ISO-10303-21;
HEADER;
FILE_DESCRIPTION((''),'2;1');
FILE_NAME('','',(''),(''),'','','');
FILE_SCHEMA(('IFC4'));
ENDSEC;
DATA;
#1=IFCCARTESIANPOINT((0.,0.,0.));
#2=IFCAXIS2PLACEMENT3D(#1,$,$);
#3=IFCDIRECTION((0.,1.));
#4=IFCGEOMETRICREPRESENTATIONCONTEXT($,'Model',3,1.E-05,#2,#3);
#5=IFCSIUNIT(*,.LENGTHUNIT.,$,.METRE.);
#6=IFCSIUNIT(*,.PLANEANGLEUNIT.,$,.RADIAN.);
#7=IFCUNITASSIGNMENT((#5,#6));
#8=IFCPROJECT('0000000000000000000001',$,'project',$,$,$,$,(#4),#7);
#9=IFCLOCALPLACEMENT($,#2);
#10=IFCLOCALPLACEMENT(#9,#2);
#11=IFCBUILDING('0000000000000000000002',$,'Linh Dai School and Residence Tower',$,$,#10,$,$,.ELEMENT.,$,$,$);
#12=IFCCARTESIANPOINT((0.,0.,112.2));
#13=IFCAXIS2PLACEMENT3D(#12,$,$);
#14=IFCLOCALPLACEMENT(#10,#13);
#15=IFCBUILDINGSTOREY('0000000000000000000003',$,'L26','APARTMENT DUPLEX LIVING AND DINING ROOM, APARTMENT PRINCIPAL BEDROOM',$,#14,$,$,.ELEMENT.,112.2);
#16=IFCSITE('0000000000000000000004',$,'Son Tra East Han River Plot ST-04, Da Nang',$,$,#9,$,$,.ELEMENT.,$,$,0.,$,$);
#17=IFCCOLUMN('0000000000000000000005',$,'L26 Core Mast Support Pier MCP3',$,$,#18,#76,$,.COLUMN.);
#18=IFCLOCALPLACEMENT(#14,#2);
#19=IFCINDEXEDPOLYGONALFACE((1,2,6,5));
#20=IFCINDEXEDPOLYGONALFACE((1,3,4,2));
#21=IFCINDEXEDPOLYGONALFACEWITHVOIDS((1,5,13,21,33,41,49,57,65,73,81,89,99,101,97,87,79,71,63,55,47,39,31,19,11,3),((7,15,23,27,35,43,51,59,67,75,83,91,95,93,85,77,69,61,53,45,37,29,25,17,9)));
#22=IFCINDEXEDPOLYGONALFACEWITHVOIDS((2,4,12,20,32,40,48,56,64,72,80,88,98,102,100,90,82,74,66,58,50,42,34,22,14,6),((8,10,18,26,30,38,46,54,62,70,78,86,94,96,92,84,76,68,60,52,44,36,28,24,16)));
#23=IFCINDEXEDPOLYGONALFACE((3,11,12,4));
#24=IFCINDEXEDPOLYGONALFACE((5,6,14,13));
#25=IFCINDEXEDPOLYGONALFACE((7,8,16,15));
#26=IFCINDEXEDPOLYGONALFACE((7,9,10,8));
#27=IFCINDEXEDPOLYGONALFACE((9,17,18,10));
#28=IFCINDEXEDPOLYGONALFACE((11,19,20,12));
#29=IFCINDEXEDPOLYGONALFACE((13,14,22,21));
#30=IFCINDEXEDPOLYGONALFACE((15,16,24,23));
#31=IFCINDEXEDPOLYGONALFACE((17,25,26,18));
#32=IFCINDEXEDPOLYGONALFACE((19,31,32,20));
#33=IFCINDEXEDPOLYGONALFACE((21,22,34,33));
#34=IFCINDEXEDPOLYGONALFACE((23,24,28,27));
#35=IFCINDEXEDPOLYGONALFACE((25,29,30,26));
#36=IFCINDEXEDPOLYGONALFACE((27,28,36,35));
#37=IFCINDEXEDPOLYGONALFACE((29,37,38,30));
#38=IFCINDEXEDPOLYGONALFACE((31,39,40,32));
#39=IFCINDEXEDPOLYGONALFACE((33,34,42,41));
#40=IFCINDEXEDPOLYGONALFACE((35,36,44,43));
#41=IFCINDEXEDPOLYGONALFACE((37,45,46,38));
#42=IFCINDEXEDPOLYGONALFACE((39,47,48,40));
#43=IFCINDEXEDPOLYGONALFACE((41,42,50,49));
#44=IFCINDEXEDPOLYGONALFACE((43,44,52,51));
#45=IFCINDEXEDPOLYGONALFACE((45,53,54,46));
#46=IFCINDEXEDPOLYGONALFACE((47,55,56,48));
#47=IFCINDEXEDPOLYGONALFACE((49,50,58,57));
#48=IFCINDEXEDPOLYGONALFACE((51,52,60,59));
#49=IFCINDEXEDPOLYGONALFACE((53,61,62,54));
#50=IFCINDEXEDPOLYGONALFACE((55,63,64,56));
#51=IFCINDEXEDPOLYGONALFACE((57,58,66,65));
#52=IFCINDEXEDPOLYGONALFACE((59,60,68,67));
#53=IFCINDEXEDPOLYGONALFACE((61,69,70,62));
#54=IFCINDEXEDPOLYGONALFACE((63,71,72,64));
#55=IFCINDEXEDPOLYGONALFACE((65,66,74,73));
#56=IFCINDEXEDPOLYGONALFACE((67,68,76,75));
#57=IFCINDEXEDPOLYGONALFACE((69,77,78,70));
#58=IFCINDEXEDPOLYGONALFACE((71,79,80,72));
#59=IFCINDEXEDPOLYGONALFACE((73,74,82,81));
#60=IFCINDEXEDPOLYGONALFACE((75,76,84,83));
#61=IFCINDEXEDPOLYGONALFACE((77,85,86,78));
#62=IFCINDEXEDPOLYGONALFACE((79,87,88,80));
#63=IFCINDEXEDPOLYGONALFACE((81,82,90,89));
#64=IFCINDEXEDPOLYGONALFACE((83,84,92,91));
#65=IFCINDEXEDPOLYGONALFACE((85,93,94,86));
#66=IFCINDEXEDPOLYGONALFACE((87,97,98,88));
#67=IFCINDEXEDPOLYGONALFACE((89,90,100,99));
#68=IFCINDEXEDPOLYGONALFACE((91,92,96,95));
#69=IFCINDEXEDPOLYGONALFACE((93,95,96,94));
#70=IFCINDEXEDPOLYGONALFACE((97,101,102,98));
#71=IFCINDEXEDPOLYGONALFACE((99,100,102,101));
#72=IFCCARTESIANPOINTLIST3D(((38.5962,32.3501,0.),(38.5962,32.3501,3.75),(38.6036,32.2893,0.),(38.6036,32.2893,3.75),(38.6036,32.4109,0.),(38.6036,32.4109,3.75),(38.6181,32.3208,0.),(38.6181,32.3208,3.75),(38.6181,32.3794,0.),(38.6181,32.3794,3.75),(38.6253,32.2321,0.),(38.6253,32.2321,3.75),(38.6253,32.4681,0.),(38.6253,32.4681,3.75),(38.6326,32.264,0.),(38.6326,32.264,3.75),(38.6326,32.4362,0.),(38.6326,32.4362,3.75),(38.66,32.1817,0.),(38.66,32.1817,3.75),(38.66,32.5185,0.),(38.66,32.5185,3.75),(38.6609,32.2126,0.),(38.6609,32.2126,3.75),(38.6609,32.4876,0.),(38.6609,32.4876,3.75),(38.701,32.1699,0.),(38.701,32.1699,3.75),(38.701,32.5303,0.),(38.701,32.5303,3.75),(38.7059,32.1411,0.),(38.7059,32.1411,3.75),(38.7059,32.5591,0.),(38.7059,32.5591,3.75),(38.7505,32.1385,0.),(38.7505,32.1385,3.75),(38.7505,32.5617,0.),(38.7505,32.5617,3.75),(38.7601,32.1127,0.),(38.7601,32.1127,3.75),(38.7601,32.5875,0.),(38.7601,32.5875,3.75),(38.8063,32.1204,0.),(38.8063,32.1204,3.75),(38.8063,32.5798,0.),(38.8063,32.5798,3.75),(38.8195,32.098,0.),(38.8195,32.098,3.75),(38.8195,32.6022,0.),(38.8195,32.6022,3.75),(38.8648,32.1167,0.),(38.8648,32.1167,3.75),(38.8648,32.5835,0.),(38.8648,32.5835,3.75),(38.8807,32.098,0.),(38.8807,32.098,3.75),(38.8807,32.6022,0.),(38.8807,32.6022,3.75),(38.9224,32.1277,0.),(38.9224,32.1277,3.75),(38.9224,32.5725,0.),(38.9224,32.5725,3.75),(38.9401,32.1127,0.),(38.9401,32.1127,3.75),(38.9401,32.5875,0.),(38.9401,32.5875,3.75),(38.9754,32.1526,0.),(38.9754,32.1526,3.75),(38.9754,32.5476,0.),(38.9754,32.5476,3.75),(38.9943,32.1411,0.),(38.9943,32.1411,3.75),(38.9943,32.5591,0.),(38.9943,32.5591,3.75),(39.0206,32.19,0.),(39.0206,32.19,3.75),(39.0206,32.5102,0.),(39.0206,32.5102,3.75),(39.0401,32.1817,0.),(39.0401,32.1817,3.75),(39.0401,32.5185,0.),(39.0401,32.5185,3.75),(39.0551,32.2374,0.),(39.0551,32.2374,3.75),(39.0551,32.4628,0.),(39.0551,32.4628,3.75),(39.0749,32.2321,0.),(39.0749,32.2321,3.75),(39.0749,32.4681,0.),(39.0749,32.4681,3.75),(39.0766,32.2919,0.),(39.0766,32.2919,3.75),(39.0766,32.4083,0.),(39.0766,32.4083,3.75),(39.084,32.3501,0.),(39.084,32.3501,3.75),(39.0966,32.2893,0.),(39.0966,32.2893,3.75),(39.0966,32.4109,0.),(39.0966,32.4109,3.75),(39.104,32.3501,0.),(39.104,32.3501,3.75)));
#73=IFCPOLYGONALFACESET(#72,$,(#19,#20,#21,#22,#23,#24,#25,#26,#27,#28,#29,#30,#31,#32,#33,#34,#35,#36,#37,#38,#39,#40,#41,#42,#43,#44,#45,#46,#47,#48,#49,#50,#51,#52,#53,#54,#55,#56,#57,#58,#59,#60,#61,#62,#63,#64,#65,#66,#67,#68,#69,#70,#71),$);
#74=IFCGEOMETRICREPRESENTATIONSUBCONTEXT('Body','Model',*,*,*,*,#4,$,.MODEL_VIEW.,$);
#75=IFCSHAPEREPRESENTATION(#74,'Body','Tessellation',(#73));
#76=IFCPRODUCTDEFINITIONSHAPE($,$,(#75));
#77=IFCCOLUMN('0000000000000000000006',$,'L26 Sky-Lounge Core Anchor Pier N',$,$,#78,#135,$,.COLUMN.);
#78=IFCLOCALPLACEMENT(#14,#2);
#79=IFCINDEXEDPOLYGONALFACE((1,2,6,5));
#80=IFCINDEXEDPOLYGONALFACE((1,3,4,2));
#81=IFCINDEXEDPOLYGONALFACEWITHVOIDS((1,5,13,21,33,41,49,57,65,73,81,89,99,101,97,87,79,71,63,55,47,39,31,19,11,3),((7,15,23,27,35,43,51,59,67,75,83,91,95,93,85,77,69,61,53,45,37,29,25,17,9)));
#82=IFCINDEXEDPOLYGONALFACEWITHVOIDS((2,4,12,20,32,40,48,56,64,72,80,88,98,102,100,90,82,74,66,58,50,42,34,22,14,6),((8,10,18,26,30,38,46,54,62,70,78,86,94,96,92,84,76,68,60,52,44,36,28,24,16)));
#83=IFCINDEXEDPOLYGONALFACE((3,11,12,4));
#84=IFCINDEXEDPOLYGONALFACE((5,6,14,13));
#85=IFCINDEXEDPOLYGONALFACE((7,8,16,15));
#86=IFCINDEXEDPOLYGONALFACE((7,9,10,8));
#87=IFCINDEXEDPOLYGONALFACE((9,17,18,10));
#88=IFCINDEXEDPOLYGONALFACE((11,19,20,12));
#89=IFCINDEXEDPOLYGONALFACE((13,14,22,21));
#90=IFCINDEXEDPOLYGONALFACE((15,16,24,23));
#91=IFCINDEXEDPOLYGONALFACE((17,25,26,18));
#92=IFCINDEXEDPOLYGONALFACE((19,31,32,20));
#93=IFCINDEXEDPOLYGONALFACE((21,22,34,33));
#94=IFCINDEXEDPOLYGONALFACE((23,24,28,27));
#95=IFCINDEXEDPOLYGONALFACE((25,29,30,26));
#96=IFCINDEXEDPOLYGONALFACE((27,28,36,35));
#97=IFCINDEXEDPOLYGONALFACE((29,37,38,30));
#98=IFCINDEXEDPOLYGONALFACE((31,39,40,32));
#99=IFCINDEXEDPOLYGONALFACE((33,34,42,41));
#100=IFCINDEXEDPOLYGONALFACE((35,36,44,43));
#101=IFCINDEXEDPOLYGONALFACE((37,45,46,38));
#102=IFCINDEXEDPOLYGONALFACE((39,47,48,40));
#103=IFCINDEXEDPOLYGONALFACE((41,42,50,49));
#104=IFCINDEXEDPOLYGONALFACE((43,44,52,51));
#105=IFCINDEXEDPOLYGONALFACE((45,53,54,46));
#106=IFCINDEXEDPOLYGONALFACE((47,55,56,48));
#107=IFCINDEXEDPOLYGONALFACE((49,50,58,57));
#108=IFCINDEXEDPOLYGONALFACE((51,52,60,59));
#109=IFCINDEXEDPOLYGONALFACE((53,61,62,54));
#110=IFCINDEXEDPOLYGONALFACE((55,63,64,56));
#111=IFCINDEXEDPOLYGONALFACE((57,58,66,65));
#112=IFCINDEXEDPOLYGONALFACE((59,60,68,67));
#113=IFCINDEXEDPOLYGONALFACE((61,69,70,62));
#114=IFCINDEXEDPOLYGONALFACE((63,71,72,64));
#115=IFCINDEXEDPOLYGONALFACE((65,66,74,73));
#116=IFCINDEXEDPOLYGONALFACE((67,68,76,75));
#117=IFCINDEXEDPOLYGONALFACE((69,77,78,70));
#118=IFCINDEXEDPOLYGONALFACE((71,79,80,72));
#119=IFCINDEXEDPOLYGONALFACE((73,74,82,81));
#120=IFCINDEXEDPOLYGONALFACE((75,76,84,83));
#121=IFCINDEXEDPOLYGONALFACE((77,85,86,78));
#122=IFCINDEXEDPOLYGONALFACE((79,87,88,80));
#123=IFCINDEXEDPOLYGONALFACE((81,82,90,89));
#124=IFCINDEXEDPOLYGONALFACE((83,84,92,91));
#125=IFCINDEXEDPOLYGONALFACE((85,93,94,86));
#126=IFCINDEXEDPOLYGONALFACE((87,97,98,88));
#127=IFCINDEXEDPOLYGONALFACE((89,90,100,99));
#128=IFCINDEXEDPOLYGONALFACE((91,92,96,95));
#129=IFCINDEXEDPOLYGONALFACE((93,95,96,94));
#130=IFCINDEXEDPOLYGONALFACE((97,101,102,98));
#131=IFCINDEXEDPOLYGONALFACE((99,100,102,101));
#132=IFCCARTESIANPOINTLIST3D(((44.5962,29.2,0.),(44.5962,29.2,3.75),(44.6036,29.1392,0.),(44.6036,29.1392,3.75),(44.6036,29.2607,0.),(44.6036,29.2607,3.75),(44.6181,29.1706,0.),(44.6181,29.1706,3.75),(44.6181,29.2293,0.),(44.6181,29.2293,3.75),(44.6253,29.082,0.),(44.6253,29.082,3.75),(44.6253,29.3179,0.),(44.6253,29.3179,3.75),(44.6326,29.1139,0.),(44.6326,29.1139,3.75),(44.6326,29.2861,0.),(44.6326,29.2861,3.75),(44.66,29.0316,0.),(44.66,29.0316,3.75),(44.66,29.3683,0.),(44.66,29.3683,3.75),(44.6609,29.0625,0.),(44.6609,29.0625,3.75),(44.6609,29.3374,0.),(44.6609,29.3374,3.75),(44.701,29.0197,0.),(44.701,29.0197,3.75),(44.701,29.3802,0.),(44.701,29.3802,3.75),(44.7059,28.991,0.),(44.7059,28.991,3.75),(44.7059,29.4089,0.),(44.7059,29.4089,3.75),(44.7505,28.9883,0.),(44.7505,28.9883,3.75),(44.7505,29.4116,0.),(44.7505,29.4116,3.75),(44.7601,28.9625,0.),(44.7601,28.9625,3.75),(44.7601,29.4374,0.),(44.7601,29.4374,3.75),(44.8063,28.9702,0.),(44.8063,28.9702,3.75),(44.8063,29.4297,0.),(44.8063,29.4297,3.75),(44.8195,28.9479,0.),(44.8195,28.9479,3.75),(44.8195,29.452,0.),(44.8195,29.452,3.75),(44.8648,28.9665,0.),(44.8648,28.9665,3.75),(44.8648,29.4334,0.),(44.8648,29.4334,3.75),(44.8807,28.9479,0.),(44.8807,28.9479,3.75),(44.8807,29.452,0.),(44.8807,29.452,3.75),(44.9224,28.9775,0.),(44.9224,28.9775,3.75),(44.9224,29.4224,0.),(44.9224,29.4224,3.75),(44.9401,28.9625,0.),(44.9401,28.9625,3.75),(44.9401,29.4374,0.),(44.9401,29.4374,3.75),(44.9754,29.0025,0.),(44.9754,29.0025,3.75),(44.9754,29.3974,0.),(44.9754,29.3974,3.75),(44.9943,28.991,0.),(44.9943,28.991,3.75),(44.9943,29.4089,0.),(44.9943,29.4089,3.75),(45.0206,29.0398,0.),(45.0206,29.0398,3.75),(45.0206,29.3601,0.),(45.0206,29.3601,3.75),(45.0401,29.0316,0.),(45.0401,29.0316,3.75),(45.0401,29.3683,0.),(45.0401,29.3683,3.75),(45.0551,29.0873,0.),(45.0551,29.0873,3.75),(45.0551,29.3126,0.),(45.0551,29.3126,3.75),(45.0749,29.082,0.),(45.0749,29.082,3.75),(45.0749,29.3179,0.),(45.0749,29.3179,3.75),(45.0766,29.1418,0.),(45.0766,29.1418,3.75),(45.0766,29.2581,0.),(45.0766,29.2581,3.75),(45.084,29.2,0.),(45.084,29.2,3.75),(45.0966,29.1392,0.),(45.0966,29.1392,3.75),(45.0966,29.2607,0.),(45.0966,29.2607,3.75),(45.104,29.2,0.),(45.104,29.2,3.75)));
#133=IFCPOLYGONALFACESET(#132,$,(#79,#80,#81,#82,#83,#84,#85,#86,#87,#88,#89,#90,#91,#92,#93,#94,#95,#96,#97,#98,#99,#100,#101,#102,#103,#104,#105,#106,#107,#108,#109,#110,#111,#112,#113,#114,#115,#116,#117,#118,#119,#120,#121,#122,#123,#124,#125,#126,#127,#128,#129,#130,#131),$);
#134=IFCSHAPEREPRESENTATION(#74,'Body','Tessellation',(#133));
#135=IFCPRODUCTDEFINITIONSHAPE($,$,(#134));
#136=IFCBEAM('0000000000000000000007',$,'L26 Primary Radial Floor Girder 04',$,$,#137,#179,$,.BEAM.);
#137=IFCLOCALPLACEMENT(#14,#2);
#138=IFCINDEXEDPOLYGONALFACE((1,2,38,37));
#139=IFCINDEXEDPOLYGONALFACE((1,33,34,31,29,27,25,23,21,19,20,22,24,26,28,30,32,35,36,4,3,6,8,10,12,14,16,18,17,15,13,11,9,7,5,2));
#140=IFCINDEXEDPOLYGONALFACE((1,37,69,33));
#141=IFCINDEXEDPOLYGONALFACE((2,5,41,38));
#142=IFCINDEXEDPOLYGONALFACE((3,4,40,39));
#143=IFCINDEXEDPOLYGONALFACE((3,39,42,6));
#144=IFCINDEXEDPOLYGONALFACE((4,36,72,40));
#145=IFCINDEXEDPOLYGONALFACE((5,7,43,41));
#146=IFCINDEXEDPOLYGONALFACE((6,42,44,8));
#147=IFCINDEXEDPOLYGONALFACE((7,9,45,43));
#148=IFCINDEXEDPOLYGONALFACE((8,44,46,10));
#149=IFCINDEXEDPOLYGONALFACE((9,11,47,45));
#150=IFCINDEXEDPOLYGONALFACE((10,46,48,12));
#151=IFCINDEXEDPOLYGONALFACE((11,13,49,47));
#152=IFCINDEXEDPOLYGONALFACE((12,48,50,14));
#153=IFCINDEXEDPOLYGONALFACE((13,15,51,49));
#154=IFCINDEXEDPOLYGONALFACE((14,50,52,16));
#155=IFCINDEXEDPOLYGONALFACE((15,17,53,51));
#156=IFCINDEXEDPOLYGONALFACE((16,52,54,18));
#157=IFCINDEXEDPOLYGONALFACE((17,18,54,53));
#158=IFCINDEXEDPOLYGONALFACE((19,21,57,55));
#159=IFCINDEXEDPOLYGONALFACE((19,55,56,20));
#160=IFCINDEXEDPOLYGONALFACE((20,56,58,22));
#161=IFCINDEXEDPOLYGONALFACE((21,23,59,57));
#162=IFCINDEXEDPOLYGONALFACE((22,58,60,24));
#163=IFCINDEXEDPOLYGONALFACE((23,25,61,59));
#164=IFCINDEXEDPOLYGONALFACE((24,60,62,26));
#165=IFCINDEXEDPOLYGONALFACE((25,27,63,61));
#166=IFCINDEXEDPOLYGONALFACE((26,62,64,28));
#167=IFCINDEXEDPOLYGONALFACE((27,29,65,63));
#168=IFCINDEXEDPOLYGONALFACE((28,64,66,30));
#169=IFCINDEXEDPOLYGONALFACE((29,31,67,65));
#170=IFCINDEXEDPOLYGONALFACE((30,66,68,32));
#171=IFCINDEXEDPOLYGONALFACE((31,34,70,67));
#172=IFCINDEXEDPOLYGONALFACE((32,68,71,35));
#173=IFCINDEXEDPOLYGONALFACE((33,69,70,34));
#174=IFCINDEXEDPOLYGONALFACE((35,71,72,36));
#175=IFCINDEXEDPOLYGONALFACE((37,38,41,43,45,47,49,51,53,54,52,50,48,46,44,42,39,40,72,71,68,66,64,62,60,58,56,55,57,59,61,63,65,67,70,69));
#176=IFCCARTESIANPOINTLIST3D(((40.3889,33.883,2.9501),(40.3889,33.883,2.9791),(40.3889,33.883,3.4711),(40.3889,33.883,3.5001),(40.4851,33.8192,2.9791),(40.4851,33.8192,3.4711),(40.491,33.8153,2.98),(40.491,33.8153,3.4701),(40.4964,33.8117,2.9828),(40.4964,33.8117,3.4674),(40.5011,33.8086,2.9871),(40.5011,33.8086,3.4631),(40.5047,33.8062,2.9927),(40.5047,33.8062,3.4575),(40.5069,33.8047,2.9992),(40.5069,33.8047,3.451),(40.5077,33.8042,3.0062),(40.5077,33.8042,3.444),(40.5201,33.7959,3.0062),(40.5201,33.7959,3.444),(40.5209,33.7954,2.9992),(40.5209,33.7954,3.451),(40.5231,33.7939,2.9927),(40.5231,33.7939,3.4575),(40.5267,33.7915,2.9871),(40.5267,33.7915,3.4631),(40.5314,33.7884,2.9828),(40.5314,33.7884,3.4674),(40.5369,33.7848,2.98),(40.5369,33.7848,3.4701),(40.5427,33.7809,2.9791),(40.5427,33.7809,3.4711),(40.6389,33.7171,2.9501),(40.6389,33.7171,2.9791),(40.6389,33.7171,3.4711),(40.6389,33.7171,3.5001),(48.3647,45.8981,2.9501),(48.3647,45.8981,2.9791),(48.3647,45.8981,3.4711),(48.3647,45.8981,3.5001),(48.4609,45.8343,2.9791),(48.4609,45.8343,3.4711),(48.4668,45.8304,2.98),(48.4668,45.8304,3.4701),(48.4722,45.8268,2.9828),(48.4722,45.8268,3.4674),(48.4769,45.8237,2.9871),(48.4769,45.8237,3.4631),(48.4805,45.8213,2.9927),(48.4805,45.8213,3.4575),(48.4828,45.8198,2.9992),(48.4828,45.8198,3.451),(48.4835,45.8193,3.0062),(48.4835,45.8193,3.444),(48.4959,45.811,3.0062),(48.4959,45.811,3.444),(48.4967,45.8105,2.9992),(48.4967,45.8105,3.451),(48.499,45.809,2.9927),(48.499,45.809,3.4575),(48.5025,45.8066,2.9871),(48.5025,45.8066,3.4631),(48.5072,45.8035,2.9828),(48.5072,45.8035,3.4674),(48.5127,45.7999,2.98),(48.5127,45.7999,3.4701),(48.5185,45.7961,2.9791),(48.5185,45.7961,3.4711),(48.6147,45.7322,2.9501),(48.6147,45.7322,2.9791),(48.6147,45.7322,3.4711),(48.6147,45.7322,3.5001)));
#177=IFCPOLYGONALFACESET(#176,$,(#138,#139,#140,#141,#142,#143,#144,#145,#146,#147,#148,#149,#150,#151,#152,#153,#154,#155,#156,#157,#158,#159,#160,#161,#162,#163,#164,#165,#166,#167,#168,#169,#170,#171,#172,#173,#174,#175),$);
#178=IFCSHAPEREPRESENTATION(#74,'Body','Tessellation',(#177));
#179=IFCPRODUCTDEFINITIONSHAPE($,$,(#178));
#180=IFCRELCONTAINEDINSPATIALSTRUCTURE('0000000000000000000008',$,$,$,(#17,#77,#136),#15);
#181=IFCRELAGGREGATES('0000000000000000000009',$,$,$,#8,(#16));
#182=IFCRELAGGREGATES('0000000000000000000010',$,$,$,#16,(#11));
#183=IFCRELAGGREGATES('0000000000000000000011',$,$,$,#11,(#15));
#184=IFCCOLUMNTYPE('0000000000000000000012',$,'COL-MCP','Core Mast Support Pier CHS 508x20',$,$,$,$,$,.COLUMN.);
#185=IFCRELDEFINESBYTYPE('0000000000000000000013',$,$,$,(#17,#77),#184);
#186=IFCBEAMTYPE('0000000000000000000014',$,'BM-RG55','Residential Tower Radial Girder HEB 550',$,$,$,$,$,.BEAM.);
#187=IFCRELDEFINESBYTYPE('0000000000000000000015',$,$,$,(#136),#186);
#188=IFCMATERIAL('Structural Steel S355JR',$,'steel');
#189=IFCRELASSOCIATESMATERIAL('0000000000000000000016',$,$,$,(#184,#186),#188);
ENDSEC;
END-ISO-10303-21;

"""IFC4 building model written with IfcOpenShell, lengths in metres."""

from ifc_helpers import new_model, si_unit, direction, frame, origin, origin_2d, place, context, subcontext, project, spatial, hollow_circle, i_section, extrude, material, material_profile, profile_set, type_object, element, save


model = new_model("IFC4")

# Units and contexts
model_context = context("Model", 3, precision=1e-05, world=origin(), true_north=direction((0.0, 1.0)))
body_context = subcontext(model_context, "Body", "Model", "MODEL_VIEW")
ifc_project = project(units=[si_unit("LENGTHUNIT", "METRE"), si_unit("PLANEANGLEUNIT", "RADIAN")], contexts=[model_context])

# Site, building, storey
site_placement = place(None, origin())
site = spatial("IfcSite", under=ifc_project, at=site_placement, Name="Son Tra East Han River Plot ST-04, Da Nang", CompositionType="ELEMENT", RefElevation=0.0)
building_placement = place(site_placement, origin())
building = spatial("IfcBuilding", under=site, at=building_placement, Name="Linh Dai School and Residence Tower", CompositionType="ELEMENT")
storey_placement = place(building_placement, frame((0.0, 0.0, 112.2)))
storey = spatial("IfcBuildingStorey", under=building, at=storey_placement, Name="L26", Description="APARTMENT DUPLEX LIVING AND DINING ROOM, APARTMENT PRINCIPAL BEDROOM", CompositionType="ELEMENT", Elevation=112.2)

# Columns
ifc_material_1 = material(Name="Structural Steel S355JR", Category="steel")
ifc_material_profile_1 = material_profile(ifc_material_1, hollow_circle(Radius=0.2539, WallThickness=0.02, at=origin_2d()), Name="CHS 508x20")
ifc_profile_set_1 = profile_set([ifc_material_profile_1], Name="Structural Steel S355JR")
column_type_1 = type_object("IfcColumnType", Name="COL-MCP", Description="Core Mast Support Pier CHS 508x20", PredefinedType="COLUMN", material=ifc_profile_set_1)
for number, where, z_axis, x_axis, name in (
    (1, (38.8501, 32.3501, 0.0), (0.0, 0.0, 1.0), (1.0, 0.0, 0.0), "L26 Core Mast Support Pier MCP3"),
    (2, (44.8501, 29.2, 0.0), (0.0, 0.0, 1.0), (1.0, 0.0, 0.0), "L26 Sky-Lounge Core Anchor Pier N"),
):
    element("IfcColumn", number, at=place(storey_placement, frame(where, z_axis=z_axis, x_axis=x_axis)), inside=storey, type_object=column_type_1, Name=name, PredefinedType="COLUMN", context=body_context, shape_type="SweptSolid", body=[
        extrude(hollow_circle(Radius=0.2539, WallThickness=0.02, at=origin_2d()), origin(), (0.0, 0.0, 1.0), 3.75),
    ])

# Beam
ifc_material_profile_2 = material_profile(ifc_material_1, i_section(OverallWidth=0.3, OverallDepth=0.55, WebThickness=0.0149, FlangeThickness=0.0291, FilletRadius=0.0271, at=origin_2d()), Name="HEB 550")
ifc_profile_set_2 = profile_set([ifc_material_profile_2], Name="Structural Steel S355JR")
beam_type_1 = type_object("IfcBeamType", Name="BM-RG55", Description="Residential Tower Radial Girder HEB 550", PredefinedType="BEAM", material=ifc_profile_set_2)
beam_1_placement = place(storey_placement, frame((40.5139, 33.8, 3.2251), z_axis=(0.553054, 0.833145, 0.0), x_axis=(-0.833145, 0.553054, 0.0)))
element("IfcBeam", 3, at=beam_1_placement, inside=storey, type_object=beam_type_1, Name="L26 Primary Radial Floor Girder 04", PredefinedType="BEAM", context=body_context, shape_type="SweptSolid", body=[
    extrude(i_section(OverallWidth=0.3, OverallDepth=0.55, WebThickness=0.0149, FlangeThickness=0.0291, FilletRadius=0.0271, at=origin_2d()), origin(), (0.0, 0.0, 1.0), 14.4214),
])

save(model, "model.ifc")
